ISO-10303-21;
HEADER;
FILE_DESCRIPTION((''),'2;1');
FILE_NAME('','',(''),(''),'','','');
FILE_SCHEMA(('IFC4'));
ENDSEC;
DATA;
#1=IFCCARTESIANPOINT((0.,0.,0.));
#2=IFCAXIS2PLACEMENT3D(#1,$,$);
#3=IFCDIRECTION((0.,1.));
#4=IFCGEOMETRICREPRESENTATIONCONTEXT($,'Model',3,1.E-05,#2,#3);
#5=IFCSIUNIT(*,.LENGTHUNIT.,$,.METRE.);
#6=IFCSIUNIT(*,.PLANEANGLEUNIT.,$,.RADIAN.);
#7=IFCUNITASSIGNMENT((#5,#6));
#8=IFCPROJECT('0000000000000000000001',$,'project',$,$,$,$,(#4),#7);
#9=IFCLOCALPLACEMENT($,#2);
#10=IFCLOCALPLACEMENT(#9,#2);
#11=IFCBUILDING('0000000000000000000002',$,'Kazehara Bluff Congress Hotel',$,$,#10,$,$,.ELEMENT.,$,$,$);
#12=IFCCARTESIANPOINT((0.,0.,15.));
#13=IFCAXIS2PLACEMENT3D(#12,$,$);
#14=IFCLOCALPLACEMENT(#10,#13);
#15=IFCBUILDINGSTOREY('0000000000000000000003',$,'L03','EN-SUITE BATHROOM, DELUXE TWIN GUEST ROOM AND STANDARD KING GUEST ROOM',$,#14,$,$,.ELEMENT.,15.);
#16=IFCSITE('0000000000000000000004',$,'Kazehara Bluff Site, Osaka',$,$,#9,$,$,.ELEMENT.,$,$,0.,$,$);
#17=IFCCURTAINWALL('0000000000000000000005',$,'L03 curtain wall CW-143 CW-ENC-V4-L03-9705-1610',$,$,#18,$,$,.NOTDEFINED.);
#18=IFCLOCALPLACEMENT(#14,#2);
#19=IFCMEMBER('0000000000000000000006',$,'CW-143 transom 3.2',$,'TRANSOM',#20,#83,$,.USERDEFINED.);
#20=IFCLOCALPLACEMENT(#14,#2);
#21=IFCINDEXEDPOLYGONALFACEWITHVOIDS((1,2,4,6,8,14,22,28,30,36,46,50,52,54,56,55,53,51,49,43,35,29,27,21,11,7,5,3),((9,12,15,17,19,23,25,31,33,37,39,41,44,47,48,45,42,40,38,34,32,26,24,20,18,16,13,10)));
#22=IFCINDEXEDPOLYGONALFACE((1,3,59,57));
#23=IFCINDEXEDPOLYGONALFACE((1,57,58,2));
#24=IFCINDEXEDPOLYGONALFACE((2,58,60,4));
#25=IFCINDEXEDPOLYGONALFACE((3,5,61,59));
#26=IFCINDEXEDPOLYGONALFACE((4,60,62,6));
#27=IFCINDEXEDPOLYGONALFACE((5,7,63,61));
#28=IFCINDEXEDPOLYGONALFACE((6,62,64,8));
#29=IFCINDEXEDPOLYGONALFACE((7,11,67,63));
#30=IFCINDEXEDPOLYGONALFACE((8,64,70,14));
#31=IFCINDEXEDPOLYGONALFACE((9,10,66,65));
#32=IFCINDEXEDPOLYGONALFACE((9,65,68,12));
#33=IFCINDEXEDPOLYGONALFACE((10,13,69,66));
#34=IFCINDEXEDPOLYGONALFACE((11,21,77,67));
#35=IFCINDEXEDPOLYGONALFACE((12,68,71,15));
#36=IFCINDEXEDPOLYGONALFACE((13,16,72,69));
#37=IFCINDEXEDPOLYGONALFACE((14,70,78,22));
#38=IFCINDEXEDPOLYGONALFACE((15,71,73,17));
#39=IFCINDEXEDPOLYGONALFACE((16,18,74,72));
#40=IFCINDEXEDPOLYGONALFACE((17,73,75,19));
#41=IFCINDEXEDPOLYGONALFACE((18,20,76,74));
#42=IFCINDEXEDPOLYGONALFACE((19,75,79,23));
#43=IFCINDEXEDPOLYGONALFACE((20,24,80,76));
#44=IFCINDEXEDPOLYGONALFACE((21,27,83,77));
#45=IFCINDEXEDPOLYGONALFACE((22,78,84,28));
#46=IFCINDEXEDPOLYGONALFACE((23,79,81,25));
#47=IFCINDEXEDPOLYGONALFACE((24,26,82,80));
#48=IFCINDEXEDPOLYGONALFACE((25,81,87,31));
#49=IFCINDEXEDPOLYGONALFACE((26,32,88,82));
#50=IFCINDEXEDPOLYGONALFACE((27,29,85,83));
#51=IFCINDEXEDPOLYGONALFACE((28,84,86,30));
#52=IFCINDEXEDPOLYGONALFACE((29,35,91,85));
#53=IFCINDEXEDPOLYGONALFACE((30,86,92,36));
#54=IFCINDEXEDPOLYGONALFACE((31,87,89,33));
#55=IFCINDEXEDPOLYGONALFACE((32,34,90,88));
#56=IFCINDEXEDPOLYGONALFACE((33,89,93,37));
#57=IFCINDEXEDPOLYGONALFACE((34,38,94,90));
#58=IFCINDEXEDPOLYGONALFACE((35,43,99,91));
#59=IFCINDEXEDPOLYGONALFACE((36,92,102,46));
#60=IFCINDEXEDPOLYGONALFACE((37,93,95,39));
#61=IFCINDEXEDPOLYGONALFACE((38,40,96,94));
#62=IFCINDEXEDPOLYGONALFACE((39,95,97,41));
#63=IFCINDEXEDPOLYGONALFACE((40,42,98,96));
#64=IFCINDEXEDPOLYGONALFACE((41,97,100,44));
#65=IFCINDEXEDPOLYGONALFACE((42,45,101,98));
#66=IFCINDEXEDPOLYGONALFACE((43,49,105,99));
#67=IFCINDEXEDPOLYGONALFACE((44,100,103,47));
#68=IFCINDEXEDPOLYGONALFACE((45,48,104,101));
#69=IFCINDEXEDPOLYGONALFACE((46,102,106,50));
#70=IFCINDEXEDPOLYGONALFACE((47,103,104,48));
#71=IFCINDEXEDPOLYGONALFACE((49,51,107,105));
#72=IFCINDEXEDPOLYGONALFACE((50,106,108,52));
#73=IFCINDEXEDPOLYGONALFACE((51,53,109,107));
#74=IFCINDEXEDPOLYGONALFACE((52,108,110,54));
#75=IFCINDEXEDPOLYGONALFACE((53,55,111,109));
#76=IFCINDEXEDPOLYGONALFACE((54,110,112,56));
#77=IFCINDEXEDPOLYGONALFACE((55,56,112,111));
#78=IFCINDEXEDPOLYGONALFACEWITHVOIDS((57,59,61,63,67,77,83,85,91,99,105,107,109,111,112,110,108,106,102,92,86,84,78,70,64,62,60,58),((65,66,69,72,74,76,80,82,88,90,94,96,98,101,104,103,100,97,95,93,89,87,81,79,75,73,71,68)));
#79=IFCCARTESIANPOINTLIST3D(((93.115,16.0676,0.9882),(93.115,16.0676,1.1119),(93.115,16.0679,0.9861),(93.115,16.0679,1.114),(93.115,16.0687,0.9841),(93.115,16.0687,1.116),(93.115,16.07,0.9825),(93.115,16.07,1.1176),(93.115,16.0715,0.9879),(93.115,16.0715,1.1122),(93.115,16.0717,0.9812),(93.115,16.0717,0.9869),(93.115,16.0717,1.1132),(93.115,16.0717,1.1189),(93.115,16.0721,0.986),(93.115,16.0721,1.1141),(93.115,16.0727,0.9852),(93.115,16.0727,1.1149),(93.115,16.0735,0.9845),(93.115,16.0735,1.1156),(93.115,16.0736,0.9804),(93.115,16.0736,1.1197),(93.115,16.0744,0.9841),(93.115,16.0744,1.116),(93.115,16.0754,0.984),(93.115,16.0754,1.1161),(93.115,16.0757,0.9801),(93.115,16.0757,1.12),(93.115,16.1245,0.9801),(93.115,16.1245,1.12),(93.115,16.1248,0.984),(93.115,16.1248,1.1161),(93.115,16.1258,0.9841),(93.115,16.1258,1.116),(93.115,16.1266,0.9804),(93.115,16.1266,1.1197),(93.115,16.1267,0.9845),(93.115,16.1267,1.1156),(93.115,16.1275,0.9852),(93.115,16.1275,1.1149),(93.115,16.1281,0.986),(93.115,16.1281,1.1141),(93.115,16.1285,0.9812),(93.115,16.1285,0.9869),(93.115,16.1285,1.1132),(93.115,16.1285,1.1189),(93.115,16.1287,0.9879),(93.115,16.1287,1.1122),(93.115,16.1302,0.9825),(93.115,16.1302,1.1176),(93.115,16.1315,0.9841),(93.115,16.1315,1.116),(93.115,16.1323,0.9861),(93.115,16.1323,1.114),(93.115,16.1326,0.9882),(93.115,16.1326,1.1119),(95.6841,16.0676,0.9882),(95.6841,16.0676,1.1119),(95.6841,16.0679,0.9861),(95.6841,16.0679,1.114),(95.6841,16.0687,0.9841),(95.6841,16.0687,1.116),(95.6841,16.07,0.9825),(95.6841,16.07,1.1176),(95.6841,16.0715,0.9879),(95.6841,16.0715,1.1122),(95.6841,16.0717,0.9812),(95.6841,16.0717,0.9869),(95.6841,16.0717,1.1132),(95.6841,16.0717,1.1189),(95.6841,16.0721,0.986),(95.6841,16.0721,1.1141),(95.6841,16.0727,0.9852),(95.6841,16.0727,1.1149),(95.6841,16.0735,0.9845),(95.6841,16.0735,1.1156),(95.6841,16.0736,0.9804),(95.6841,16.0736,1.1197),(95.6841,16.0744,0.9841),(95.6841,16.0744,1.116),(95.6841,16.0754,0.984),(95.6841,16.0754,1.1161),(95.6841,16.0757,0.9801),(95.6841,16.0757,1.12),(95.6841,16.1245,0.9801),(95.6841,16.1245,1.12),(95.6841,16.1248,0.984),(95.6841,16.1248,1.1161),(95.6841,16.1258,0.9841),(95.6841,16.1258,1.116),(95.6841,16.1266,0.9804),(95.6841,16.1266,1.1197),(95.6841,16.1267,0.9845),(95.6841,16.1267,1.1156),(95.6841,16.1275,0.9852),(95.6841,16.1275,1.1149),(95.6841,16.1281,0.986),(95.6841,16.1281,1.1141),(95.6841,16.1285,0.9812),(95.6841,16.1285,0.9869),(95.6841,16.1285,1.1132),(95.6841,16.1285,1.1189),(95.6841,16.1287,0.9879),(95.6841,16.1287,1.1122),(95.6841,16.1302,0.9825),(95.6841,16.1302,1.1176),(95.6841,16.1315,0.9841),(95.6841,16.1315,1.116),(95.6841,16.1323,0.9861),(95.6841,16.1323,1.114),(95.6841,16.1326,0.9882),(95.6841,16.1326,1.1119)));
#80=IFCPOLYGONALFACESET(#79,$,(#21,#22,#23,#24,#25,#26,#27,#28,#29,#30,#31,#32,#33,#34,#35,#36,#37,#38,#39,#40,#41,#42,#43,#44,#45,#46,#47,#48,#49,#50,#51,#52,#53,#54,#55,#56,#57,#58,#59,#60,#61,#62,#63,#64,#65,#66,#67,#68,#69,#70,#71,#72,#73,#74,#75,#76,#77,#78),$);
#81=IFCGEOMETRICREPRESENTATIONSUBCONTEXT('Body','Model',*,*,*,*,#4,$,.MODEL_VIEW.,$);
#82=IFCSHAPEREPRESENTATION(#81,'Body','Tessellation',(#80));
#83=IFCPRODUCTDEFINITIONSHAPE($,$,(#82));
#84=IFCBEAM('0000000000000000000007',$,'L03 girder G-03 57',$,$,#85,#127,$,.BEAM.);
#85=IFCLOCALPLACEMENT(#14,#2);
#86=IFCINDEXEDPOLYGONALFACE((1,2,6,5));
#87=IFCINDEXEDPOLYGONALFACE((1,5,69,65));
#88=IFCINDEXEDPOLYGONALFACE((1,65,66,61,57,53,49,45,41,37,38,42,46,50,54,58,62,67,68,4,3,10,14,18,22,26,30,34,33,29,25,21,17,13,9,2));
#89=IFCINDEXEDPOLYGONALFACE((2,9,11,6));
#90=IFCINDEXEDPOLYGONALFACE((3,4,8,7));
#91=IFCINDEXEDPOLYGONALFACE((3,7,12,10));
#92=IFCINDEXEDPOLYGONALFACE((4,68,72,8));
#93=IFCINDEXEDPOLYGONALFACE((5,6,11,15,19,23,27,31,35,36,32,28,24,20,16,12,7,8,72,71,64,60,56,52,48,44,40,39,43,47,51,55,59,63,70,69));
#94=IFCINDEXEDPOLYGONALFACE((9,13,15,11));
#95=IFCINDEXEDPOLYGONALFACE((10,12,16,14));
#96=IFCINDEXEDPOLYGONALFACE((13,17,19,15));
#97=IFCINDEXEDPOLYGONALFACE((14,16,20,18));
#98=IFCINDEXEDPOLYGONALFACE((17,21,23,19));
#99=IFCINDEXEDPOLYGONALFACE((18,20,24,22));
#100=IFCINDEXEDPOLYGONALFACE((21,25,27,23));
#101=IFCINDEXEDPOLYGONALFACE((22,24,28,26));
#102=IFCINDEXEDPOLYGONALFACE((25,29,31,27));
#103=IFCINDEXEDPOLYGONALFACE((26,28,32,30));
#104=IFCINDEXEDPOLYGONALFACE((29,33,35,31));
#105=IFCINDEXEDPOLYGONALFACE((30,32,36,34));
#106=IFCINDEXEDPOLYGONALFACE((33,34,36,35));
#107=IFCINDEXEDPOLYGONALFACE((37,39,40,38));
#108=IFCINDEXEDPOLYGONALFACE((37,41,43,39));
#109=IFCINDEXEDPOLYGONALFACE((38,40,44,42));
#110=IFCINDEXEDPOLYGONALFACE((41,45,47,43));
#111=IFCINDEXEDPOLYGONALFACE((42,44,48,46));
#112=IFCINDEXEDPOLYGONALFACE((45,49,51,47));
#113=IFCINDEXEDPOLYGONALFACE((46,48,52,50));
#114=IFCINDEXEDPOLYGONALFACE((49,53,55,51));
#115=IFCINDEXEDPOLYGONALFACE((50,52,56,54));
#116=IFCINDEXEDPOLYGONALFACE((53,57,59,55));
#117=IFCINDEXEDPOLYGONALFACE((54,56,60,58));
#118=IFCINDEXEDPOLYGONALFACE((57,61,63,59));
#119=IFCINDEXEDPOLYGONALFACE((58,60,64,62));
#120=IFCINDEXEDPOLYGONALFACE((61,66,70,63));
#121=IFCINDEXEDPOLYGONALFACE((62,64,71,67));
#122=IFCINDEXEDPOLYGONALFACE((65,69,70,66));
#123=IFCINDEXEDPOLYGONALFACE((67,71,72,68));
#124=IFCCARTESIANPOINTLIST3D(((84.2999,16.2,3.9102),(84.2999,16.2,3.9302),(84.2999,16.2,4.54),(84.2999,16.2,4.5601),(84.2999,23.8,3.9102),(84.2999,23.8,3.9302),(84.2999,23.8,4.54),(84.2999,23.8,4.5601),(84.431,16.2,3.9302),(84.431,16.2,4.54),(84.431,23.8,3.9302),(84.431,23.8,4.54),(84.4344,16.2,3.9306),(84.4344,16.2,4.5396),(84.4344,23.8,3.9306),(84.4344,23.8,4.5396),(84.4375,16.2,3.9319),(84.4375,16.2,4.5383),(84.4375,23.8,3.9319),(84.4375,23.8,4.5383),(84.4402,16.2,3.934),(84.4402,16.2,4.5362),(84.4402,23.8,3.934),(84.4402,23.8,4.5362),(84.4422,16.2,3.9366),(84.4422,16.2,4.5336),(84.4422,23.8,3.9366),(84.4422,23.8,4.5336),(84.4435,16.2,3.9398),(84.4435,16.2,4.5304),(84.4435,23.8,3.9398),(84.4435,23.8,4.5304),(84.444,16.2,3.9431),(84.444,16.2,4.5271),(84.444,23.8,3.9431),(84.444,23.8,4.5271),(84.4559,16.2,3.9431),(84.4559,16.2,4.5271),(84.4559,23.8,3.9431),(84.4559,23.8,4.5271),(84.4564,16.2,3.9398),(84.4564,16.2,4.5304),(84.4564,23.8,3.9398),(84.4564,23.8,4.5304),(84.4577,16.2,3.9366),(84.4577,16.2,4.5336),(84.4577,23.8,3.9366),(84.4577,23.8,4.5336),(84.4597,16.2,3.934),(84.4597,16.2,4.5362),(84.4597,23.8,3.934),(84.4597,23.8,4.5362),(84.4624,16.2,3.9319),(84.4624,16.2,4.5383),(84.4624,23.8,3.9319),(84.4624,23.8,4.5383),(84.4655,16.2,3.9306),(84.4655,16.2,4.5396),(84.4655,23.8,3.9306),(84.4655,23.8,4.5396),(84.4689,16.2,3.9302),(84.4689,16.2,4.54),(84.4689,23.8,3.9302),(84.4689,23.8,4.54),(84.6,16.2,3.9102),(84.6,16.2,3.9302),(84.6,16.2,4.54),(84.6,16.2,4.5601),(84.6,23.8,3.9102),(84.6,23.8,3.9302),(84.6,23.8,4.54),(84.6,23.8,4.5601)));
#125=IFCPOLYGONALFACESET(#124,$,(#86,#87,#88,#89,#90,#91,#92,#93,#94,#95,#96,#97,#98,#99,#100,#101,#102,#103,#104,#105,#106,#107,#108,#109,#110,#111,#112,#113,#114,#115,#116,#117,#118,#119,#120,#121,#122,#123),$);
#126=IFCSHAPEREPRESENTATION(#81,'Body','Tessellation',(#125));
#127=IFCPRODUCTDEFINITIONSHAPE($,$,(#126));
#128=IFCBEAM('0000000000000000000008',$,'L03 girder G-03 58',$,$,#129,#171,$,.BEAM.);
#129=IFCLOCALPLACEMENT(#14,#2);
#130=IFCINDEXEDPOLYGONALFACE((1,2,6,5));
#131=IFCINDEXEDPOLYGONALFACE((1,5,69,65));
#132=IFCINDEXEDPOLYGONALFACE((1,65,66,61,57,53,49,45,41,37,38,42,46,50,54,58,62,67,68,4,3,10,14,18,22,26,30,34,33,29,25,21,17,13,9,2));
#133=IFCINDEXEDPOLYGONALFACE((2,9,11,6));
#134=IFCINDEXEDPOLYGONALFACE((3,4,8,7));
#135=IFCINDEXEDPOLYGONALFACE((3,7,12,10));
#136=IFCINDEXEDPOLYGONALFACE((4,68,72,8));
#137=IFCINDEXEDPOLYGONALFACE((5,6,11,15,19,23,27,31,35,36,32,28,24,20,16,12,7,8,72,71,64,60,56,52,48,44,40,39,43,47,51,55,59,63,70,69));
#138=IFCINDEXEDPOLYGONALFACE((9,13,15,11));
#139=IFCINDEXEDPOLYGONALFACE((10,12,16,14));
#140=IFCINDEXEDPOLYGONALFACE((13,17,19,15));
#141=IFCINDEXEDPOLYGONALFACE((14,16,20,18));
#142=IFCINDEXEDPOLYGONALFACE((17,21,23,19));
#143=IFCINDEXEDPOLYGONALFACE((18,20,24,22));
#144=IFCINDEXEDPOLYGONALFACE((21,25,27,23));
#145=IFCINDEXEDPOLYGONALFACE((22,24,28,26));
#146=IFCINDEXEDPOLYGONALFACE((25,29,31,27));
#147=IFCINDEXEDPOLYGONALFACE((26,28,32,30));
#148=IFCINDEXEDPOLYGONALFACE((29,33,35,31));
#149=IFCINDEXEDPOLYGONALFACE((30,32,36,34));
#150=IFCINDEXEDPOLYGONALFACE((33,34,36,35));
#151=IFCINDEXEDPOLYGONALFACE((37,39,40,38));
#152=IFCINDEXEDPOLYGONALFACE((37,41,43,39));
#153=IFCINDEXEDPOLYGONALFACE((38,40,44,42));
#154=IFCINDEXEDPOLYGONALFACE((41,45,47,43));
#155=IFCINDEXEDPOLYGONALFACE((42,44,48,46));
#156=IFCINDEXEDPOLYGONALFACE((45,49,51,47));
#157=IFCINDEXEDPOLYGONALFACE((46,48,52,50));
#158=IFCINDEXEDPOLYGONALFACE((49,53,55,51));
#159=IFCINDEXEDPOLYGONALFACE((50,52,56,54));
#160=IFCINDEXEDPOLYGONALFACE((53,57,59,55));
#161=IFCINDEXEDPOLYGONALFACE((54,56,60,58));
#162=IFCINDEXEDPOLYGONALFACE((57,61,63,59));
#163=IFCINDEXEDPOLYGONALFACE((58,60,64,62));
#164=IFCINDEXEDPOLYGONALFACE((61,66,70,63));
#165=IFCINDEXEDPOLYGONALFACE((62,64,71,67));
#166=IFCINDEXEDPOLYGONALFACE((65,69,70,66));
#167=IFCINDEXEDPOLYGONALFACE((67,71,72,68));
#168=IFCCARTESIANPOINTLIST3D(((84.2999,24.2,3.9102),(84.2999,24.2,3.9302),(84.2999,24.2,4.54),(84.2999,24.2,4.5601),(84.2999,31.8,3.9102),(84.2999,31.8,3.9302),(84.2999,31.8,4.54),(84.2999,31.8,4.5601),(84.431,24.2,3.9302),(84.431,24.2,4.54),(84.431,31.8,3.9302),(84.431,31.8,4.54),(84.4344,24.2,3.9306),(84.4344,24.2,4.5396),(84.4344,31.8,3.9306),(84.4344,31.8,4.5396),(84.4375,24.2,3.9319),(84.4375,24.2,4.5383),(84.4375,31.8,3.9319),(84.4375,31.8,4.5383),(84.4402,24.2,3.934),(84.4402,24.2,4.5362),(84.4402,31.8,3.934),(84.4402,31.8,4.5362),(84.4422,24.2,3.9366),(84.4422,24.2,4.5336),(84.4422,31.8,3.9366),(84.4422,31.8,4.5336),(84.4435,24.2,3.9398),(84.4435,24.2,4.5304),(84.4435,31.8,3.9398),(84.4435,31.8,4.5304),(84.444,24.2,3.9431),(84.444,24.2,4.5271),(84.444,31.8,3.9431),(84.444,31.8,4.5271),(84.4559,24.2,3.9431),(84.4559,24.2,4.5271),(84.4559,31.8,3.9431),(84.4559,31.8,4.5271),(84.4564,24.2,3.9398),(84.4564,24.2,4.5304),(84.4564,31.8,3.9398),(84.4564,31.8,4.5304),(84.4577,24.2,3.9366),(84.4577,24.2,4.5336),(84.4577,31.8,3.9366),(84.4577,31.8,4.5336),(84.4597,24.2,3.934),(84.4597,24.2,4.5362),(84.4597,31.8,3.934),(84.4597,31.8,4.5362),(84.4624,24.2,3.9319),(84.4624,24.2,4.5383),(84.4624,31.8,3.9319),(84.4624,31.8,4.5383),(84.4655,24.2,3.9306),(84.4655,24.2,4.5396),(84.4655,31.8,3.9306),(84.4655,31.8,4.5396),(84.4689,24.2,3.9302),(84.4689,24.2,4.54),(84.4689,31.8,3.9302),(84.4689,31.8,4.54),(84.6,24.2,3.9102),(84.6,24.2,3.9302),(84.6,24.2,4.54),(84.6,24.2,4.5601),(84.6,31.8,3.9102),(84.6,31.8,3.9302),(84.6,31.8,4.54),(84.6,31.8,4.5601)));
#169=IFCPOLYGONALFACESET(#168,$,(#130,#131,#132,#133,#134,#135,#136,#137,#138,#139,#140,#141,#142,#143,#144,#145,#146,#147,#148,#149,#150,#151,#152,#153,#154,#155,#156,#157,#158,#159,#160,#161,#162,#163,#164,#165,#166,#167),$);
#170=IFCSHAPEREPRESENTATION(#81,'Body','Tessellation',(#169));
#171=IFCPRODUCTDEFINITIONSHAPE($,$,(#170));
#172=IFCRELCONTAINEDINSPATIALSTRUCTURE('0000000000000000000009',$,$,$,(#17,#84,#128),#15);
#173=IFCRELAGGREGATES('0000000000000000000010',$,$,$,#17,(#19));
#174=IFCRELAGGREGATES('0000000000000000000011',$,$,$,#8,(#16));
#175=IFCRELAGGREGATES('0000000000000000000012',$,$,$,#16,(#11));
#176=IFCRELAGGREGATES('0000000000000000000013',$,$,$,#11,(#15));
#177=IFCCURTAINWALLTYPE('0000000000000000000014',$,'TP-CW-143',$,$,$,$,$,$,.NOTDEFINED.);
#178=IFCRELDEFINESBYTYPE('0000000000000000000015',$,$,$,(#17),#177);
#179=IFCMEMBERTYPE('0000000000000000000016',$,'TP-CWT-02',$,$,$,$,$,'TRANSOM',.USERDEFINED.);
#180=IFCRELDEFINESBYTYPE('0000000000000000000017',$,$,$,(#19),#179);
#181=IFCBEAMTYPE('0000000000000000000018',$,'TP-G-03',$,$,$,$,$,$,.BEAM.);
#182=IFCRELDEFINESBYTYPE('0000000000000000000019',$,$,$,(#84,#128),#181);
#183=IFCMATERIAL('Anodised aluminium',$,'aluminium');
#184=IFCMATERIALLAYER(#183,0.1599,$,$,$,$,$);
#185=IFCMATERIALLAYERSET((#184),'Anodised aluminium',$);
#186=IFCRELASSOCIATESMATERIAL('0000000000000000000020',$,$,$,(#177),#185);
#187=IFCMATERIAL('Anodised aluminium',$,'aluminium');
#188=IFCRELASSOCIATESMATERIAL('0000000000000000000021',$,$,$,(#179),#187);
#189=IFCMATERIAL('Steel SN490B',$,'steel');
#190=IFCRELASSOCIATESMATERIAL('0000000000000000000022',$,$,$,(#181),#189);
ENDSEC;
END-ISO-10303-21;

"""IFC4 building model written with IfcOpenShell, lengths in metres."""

from ifc_helpers import new_model, si_unit, direction, frame, origin, origin_2d, place, context, subcontext, project, spatial, hollow_rectangle, i_section, extrude, material, layer, layer_set, material_profile, profile_set, type_object, element, aggregate, save


model = new_model("IFC4")

# Units and contexts
model_context = context("Model", 3, precision=1e-05, world=origin(), true_north=direction((0.0, 1.0)))
body_context = subcontext(model_context, "Body", "Model", "MODEL_VIEW")
ifc_project = project(units=[si_unit("LENGTHUNIT", "METRE"), si_unit("PLANEANGLEUNIT", "RADIAN")], contexts=[model_context])

# Site, building, storey
site_placement = place(None, origin())
site = spatial("IfcSite", under=ifc_project, at=site_placement, Name="Kazehara Bluff Site, Osaka", CompositionType="ELEMENT", RefElevation=0.0)
building_placement = place(site_placement, origin())
building = spatial("IfcBuilding", under=site, at=building_placement, Name="Kazehara Bluff Congress Hotel", CompositionType="ELEMENT")
storey_placement = place(building_placement, frame((0.0, 0.0, 15.0)))
storey = spatial("IfcBuildingStorey", under=building, at=storey_placement, Name="L03", Description="EN-SUITE BATHROOM, DELUXE TWIN GUEST ROOM AND STANDARD KING GUEST ROOM", CompositionType="ELEMENT", Elevation=15.0)

# Curtain wall
ifc_material_1 = material(Name="Anodised aluminium", Category="aluminium")
ifc_layer_1 = layer(ifc_material_1, 0.1599)
ifc_layer_set_1 = layer_set([ifc_layer_1], Name="Anodised aluminium")
curtain_wall_type = type_object("IfcCurtainWallType", Name="TP-CW-143", PredefinedType="NOTDEFINED", material=ifc_layer_set_1)
curtain_wall_1_placement = place(storey_placement, origin())
curtain_wall_1 = element("IfcCurtainWall", 1, at=curtain_wall_1_placement, inside=storey, type_object=curtain_wall_type, Name="L03 curtain wall CW-143 CW-ENC-V4-L03-9705-1610", PredefinedType="NOTDEFINED")

# Member
ifc_material_2 = material(Name="Anodised aluminium", Category="aluminium")
ifc_material_profile_1 = material_profile(ifc_material_2, hollow_rectangle(XDim=0.0649, YDim=0.1399, WallThickness=0.0039, InnerFilletRadius=0.0039, OuterFilletRadius=0.0081, at=origin_2d()))
ifc_profile_set_1 = profile_set([ifc_material_profile_1], Name="Anodised aluminium")
member_type_1 = type_object("IfcMemberType", Name="TP-CWT-02", ElementType="TRANSOM", PredefinedType="USERDEFINED", material=ifc_profile_set_1)
member_1_placement = place(storey_placement, frame((95.6841, 16.1001, 1.05), z_axis=(-1.0, 0.0, 0.0), x_axis=(0.0, -1.0, 0.0)))
member_1 = element("IfcMember", 2, at=member_1_placement, type_object=member_type_1, Name="CW-143 transom 3.2", ObjectType="TRANSOM", PredefinedType="USERDEFINED", context=body_context, shape_type="SweptSolid", body=[
    extrude(hollow_rectangle(XDim=0.0649, YDim=0.1399, WallThickness=0.0039, InnerFilletRadius=0.0039, OuterFilletRadius=0.0081, at=origin_2d()), origin(), (0.0, 0.0, 1.0), 2.5691),
])

# Beams
ifc_material_3 = material(Name="Steel SN490B", Category="steel")
ifc_material_profile_2 = material_profile(ifc_material_3, i_section(OverallWidth=0.3, OverallDepth=0.6499, WebThickness=0.012, FlangeThickness=0.02, FilletRadius=0.0129, at=origin_2d()))
ifc_profile_set_2 = profile_set([ifc_material_profile_2], Name="Steel SN490B")
beam_type_1 = type_object("IfcBeamType", Name="TP-G-03", PredefinedType="BEAM", material=ifc_profile_set_2)
for number, where, z_axis, x_axis, name in (
    (3, (84.45, 16.2, 4.2351), (0.0, 1.0, 0.0), (-1.0, 0.0, 0.0), "L03 girder G-03 57"),
    (4, (84.45, 24.2, 4.2351), (0.0, 1.0, 0.0), (-1.0, 0.0, 0.0), "L03 girder G-03 58"),
):
    element("IfcBeam", number, at=place(storey_placement, frame(where, z_axis=z_axis, x_axis=x_axis)), inside=storey, type_object=beam_type_1, Name=name, PredefinedType="BEAM", context=body_context, shape_type="SweptSolid", body=[
        extrude(i_section(OverallWidth=0.3, OverallDepth=0.6499, WebThickness=0.012, FlangeThickness=0.02, FilletRadius=0.0129, at=origin_2d()), origin(), (0.0, 0.0, 1.0), 7.6001),
    ])

aggregate(curtain_wall_1, [member_1])

save(model, "model.ifc")
